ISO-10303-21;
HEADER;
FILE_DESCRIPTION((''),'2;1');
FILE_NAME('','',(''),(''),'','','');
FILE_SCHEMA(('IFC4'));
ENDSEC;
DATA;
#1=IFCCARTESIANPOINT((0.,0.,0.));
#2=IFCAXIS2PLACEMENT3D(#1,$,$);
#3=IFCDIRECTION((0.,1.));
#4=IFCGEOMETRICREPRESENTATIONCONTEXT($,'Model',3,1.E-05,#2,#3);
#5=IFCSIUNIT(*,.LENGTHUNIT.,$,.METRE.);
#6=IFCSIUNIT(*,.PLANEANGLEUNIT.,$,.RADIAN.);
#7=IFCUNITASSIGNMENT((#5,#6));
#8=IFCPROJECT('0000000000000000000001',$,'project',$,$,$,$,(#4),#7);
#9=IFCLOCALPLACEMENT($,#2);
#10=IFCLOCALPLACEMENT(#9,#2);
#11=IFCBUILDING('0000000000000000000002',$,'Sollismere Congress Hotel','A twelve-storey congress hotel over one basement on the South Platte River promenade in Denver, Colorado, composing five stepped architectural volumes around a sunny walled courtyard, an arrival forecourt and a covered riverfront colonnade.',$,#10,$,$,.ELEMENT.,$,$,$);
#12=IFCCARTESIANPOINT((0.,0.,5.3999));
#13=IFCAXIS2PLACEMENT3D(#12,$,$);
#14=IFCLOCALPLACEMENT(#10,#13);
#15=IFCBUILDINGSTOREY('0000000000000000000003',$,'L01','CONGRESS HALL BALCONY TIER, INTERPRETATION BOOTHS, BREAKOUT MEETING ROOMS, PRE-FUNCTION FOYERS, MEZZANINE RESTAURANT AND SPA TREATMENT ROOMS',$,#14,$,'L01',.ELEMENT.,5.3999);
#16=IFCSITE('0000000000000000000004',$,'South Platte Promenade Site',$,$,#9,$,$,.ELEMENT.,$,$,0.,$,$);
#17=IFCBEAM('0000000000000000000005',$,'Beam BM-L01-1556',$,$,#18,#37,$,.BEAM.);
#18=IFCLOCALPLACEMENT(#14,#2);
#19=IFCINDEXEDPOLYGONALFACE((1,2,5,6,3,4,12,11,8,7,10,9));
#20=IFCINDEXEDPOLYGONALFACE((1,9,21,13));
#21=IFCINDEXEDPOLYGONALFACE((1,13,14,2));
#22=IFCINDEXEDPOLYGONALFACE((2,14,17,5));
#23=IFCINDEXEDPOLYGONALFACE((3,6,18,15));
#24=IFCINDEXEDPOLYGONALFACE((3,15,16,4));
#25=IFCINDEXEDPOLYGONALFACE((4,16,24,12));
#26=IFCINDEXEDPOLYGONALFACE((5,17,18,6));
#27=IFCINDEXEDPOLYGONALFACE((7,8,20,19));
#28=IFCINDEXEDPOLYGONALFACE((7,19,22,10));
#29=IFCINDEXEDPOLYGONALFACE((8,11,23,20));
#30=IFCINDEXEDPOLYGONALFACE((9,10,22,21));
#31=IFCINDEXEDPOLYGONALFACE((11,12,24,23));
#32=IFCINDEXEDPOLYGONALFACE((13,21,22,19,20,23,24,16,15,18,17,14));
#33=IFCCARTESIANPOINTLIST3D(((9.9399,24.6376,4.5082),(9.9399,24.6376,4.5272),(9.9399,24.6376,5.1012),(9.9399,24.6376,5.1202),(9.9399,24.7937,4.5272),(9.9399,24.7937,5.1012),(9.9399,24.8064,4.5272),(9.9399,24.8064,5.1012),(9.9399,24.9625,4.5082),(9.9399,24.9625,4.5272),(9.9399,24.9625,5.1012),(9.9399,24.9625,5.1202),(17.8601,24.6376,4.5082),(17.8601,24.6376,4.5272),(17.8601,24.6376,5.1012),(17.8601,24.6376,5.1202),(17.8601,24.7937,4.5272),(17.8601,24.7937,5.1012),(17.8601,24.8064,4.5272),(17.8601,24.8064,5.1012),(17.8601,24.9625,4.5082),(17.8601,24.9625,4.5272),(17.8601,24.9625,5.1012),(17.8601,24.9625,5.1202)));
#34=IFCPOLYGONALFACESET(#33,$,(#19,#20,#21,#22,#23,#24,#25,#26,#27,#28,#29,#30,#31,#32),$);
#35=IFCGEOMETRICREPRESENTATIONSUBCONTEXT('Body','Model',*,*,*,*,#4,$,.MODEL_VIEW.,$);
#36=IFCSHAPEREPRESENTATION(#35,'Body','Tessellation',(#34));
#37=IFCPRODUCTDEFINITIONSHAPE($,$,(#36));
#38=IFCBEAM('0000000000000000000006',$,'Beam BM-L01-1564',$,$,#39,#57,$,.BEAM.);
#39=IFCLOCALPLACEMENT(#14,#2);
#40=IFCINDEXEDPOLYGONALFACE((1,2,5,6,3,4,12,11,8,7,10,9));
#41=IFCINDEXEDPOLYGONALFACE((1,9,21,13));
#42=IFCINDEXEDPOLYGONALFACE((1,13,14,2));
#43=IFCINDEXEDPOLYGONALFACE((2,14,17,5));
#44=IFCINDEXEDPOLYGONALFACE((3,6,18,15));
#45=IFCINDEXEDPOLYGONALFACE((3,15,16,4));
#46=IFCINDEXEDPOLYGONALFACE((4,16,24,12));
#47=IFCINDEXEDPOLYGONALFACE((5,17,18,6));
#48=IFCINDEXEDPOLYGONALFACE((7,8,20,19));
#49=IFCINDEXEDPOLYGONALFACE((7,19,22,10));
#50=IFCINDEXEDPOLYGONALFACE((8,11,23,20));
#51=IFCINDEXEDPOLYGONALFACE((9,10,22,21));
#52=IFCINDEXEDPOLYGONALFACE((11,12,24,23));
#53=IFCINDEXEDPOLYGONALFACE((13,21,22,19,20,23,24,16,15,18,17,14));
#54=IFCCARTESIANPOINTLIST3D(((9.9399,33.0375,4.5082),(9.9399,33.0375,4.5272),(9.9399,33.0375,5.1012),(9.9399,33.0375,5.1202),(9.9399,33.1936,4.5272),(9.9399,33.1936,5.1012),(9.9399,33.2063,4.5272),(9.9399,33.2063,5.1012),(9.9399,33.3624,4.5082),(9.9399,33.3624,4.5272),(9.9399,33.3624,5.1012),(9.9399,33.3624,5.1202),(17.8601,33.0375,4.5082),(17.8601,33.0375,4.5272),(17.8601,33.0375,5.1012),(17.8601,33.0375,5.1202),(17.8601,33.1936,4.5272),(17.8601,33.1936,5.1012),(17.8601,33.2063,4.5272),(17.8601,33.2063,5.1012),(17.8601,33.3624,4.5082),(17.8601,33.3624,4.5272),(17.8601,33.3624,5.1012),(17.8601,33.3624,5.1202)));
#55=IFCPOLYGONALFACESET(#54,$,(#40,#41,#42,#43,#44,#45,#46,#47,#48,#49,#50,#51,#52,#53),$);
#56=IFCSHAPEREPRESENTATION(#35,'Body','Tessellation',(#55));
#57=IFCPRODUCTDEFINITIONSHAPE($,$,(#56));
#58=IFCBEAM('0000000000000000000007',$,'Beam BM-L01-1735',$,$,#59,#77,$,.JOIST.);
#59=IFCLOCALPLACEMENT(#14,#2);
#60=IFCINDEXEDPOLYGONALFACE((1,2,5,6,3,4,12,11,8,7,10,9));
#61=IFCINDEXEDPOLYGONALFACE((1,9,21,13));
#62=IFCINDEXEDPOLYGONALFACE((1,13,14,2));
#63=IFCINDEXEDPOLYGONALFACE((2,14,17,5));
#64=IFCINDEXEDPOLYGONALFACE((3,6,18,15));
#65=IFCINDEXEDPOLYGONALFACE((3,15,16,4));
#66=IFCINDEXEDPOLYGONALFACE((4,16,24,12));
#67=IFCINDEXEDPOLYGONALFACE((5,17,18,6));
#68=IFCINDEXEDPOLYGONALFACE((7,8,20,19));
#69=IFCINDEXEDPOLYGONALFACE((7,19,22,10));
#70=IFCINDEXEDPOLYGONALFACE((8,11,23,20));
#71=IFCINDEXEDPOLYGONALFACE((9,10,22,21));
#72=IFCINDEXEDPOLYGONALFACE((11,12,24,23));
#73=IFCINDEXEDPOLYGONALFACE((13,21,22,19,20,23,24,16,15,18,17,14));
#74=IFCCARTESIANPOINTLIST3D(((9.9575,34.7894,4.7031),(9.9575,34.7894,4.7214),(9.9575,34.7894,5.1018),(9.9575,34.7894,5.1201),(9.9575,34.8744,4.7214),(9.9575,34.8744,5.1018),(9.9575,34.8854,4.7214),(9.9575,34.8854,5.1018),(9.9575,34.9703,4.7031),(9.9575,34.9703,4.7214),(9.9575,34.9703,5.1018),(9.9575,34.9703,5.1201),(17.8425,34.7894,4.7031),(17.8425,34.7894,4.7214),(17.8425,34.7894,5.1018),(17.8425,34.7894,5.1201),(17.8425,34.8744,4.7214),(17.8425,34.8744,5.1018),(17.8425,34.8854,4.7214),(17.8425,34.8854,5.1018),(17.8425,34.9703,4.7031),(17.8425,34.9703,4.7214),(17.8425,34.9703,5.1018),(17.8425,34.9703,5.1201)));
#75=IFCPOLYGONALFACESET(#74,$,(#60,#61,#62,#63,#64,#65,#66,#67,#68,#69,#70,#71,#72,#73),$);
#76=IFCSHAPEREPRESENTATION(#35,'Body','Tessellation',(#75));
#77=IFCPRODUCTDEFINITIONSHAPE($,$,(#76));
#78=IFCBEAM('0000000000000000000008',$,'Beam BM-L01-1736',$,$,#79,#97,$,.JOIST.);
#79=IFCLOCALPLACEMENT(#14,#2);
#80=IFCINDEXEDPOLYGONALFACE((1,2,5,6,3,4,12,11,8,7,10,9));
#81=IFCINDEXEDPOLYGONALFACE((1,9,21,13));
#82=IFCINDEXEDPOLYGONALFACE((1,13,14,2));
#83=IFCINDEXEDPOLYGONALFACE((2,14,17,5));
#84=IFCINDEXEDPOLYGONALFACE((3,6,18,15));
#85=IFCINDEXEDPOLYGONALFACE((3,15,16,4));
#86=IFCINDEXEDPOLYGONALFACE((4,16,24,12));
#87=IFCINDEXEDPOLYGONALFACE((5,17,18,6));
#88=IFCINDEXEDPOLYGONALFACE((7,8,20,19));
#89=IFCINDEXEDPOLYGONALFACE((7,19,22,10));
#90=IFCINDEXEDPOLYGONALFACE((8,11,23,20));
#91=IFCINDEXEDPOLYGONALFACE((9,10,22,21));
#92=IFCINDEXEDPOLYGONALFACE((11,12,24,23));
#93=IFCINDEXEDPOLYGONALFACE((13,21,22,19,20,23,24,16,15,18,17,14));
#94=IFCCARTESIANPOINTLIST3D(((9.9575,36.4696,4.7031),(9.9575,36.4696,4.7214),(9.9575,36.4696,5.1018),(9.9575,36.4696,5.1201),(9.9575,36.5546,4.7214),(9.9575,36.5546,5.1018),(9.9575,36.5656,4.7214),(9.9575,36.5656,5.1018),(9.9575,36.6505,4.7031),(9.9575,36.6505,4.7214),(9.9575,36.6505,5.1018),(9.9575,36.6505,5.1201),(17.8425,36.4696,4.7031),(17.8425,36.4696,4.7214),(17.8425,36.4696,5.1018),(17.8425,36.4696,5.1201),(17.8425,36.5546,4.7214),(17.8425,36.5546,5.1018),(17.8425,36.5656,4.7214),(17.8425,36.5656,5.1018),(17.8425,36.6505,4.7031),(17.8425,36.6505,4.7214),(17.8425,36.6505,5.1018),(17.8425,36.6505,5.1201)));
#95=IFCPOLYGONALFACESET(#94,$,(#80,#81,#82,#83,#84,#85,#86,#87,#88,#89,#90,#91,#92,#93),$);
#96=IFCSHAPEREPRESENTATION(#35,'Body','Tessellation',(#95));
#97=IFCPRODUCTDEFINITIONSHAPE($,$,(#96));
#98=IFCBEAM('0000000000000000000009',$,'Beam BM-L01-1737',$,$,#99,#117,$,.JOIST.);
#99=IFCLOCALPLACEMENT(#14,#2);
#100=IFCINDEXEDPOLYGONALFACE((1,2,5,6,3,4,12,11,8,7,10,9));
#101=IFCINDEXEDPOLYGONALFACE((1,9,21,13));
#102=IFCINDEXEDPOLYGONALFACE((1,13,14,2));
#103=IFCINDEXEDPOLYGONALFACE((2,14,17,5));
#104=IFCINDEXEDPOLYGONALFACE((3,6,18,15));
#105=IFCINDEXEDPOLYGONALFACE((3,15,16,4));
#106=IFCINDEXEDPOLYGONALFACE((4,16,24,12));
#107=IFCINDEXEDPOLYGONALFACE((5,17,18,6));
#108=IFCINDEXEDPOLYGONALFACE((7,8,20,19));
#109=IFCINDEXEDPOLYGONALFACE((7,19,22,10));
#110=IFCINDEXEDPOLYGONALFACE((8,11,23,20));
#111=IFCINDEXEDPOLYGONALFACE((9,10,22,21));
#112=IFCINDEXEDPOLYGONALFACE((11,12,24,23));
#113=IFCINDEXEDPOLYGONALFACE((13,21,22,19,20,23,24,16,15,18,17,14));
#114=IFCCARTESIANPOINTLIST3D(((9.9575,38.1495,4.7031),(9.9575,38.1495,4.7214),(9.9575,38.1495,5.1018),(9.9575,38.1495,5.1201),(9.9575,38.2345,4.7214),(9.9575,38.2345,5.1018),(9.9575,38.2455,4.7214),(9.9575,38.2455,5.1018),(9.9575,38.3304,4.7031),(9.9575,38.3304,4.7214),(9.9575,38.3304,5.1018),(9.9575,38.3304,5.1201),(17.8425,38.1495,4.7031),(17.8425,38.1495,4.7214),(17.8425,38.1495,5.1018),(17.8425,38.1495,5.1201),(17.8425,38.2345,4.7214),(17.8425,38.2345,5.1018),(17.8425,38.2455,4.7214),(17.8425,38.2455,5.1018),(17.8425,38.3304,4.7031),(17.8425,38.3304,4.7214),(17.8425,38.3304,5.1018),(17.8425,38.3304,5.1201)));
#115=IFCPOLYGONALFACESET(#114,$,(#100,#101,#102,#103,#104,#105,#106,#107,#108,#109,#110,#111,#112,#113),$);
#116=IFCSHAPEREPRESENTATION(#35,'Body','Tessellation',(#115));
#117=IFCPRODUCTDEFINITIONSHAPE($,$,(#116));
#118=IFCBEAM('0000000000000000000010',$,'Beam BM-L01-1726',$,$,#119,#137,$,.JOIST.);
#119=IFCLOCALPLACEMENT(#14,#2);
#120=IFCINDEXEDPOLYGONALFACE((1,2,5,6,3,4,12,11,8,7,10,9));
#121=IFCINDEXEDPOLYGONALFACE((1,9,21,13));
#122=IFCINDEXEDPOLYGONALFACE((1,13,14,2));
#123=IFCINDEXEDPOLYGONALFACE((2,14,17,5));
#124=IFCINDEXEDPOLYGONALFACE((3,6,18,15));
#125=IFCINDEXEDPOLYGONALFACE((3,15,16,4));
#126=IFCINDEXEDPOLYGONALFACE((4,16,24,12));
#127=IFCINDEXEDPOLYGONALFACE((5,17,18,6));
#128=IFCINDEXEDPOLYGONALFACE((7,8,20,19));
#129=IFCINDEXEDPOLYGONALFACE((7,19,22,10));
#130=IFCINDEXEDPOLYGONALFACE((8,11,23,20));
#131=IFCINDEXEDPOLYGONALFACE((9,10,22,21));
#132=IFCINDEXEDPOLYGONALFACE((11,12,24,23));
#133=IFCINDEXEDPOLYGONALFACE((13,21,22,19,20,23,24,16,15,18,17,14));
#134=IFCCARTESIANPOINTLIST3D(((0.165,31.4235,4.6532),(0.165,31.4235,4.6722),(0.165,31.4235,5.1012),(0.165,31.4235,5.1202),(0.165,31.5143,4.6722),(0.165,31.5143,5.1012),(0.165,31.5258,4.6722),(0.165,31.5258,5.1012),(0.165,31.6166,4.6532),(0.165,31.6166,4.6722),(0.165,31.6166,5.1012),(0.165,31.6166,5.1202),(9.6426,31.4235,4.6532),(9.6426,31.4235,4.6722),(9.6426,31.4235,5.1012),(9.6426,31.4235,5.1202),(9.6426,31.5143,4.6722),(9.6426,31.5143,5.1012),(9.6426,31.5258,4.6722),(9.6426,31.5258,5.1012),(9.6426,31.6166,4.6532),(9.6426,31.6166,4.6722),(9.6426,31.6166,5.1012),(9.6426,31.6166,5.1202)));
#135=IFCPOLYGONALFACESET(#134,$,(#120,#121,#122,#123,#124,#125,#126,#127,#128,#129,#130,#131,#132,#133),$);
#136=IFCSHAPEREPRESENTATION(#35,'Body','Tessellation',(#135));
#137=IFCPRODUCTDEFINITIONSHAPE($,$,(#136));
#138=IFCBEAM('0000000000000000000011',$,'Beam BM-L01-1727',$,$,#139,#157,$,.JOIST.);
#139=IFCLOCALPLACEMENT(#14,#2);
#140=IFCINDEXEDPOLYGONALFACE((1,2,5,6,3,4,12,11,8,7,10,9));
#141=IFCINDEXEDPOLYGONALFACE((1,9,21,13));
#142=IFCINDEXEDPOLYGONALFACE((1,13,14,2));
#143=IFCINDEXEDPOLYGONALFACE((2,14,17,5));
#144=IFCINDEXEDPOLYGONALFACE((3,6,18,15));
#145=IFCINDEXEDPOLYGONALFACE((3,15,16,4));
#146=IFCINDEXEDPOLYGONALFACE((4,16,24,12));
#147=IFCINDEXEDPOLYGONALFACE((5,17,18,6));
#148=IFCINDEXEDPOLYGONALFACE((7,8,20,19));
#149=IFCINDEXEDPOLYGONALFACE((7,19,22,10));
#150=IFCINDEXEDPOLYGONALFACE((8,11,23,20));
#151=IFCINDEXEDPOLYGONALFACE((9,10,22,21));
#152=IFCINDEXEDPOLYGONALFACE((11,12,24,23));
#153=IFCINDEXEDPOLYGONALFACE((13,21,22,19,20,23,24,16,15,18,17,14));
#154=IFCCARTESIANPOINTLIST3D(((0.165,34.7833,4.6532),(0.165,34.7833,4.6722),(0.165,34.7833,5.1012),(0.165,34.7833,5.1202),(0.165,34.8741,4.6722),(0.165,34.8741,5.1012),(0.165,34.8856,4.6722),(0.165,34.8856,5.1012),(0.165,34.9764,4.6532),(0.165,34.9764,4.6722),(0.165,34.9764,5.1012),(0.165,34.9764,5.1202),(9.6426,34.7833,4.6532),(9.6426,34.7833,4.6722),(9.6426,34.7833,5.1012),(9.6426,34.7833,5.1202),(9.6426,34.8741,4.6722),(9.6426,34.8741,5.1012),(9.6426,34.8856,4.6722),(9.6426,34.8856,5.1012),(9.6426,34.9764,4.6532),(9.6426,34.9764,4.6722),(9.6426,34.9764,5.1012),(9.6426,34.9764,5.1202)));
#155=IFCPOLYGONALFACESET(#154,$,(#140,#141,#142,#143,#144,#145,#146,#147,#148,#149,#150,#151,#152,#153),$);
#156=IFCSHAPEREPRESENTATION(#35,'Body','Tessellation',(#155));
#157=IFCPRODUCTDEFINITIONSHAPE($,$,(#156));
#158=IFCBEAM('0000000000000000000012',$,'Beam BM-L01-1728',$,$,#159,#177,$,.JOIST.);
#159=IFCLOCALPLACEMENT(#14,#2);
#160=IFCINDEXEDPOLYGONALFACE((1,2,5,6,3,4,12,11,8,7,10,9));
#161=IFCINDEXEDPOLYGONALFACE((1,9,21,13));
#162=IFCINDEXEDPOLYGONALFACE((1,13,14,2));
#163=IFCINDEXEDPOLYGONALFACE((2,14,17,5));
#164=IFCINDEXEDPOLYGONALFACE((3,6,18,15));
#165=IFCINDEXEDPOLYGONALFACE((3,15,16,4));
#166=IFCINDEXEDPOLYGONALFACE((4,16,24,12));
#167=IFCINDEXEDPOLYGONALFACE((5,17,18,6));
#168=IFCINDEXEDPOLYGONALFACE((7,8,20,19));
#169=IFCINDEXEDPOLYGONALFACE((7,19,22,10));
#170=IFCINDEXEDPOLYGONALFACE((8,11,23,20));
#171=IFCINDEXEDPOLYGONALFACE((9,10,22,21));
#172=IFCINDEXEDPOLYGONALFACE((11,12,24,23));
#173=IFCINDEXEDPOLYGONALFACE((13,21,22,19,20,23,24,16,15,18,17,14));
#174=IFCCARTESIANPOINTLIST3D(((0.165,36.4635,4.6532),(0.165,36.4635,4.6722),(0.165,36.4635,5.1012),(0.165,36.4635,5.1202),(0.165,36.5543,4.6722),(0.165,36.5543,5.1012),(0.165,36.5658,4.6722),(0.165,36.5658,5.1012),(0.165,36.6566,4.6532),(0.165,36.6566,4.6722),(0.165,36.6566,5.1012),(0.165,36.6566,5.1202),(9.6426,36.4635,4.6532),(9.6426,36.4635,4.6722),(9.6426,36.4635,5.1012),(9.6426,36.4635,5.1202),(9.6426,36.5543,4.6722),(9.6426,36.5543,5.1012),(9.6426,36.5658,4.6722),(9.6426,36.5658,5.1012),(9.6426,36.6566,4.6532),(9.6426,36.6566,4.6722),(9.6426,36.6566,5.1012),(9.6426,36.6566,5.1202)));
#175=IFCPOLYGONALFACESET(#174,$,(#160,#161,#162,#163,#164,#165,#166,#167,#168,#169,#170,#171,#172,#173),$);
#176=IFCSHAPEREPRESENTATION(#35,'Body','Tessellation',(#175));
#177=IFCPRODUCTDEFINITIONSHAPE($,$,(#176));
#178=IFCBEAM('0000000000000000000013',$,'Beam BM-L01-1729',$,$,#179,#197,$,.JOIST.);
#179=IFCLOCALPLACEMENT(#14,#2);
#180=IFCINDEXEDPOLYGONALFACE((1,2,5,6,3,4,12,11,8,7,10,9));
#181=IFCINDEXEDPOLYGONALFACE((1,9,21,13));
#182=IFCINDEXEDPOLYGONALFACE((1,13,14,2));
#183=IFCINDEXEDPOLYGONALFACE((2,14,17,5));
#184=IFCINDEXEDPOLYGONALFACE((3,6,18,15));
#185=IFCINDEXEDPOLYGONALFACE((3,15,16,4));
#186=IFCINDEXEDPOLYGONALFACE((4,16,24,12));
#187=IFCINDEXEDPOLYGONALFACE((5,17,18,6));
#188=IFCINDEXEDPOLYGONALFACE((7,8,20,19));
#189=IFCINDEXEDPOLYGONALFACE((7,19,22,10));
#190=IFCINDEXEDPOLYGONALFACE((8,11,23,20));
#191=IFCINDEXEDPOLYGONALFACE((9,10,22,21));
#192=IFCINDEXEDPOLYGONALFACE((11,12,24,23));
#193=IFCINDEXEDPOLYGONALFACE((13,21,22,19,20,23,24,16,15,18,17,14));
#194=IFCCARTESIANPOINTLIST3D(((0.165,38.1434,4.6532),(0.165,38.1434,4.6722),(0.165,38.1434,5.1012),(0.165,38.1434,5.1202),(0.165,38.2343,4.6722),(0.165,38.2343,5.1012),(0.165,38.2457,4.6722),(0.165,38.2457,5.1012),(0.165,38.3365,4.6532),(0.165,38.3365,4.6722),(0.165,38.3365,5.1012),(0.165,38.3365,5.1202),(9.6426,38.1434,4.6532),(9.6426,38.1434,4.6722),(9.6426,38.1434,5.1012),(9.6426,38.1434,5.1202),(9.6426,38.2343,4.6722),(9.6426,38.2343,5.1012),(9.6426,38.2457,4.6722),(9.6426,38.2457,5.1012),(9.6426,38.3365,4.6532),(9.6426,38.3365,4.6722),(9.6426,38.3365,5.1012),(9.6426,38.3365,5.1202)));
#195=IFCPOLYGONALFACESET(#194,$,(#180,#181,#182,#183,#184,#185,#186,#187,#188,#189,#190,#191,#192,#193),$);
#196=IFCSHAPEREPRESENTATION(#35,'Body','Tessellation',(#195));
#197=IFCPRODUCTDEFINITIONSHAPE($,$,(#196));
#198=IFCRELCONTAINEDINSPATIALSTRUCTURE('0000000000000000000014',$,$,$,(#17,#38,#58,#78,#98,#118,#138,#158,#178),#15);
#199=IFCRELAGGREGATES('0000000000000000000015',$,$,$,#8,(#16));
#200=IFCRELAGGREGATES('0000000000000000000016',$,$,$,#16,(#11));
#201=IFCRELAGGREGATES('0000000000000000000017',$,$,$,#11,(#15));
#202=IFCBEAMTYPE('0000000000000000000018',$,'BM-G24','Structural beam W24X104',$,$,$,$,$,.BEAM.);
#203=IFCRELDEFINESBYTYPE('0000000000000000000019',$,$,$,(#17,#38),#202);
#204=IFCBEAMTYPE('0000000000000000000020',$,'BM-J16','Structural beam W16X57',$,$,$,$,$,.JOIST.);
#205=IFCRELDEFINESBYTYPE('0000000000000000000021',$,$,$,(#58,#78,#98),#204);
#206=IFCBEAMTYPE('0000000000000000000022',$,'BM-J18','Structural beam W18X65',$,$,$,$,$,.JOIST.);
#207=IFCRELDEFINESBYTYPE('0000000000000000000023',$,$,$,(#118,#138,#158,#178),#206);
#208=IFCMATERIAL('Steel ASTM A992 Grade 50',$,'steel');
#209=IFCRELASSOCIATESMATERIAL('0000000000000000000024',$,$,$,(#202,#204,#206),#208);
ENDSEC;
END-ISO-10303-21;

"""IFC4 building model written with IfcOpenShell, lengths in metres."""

from ifc_helpers import new_model, si_unit, direction, frame, origin, origin_2d, place, context, subcontext, project, spatial, i_section, extrude, material, material_profile, profile_set, type_object, element, save


model = new_model("IFC4")

# Units and contexts
model_context = context("Model", 3, precision=1e-05, world=origin(), true_north=direction((0.0, 1.0)))
body_context = subcontext(model_context, "Body", "Model", "MODEL_VIEW")
ifc_project = project(units=[si_unit("LENGTHUNIT", "METRE"), si_unit("PLANEANGLEUNIT", "RADIAN")], contexts=[model_context])

# Site, building, storey
site_placement = place(None, origin())
site = spatial("IfcSite", under=ifc_project, at=site_placement, Name="South Platte Promenade Site", CompositionType="ELEMENT", RefElevation=0.0)
building_placement = place(site_placement, origin())
building = spatial("IfcBuilding", under=site, at=building_placement, Name="Sollismere Congress Hotel", Description="A twelve-storey congress hotel over one basement on the South Platte River promenade in Denver, Colorado, composing five stepped architectural volumes around a sunny walled courtyard, an arrival forecourt and a covered riverfront colonnade.", CompositionType="ELEMENT")
storey_placement = place(building_placement, frame((0.0, 0.0, 5.3999)))
storey = spatial("IfcBuildingStorey", under=building, at=storey_placement, Name="L01", Description="CONGRESS HALL BALCONY TIER, INTERPRETATION BOOTHS, BREAKOUT MEETING ROOMS, PRE-FUNCTION FOYERS, MEZZANINE RESTAURANT AND SPA TREATMENT ROOMS", LongName="L01", CompositionType="ELEMENT", Elevation=5.3999)

# Shared definitions
ifc_material_1 = material(Name="Steel ASTM A992 Grade 50", Category="steel")

# Beams
ifc_material_profile_1 = material_profile(ifc_material_1, i_section(OverallWidth=0.325, OverallDepth=0.6121, WebThickness=0.0127, FlangeThickness=0.019, at=origin_2d()), Name="W24X104")
ifc_profile_set_1 = profile_set([ifc_material_profile_1], Name="Steel ASTM A992 Grade 50")
beam_type_1 = type_object("IfcBeamType", Name="BM-G24", Description="Structural beam W24X104", PredefinedType="BEAM", material=ifc_profile_set_1)
for number, where, z_axis, x_axis, name in (
    (1, (9.9399, 24.8, 4.8142), (1.0, 0.0, 0.0), (0.0, 1.0, 0.0), "Beam BM-L01-1556"),
    (2, (9.9399, 33.2, 4.8142), (1.0, 0.0, 0.0), (0.0, 1.0, 0.0), "Beam BM-L01-1564"),
):
    element("IfcBeam", number, at=place(storey_placement, frame(where, z_axis=z_axis, x_axis=x_axis)), inside=storey, type_object=beam_type_1, Name=name, PredefinedType="BEAM", context=body_context, shape_type="SweptSolid", body=[
        extrude(i_section(OverallWidth=0.325, OverallDepth=0.6121, WebThickness=0.0127, FlangeThickness=0.019, at=origin_2d()), origin(), (0.0, 0.0, 1.0), 7.9202),
    ])
ifc_material_profile_2 = material_profile(ifc_material_1, i_section(OverallWidth=0.1809, OverallDepth=0.417, WebThickness=0.011, FlangeThickness=0.0183, at=origin_2d()), Name="W16X57")
ifc_profile_set_2 = profile_set([ifc_material_profile_2], Name="Steel ASTM A992 Grade 50")
beam_type_2 = type_object("IfcBeamType", Name="BM-J16", Description="Structural beam W16X57", PredefinedType="JOIST", material=ifc_profile_set_2)
for number, where, z_axis, x_axis, name in (
    (3, (9.9575, 34.8799, 4.9116), (1.0, 0.0, 0.0), (0.0, 1.0, 0.0), "Beam BM-L01-1735"),
    (4, (9.9575, 36.5601, 4.9116), (1.0, 0.0, 0.0), (0.0, 1.0, 0.0), "Beam BM-L01-1736"),
    (5, (9.9575, 38.24, 4.9116), (1.0, 0.0, 0.0), (0.0, 1.0, 0.0), "Beam BM-L01-1737"),
):
    element("IfcBeam", number, at=place(storey_placement, frame(where, z_axis=z_axis, x_axis=x_axis)), inside=storey, type_object=beam_type_2, Name=name, PredefinedType="JOIST", context=body_context, shape_type="SweptSolid", body=[
        extrude(i_section(OverallWidth=0.1809, OverallDepth=0.417, WebThickness=0.011, FlangeThickness=0.0183, at=origin_2d()), origin(), (0.0, 0.0, 1.0), 7.885),
    ])
ifc_material_profile_3 = material_profile(ifc_material_1, i_section(OverallWidth=0.1931, OverallDepth=0.467, WebThickness=0.0115, FlangeThickness=0.019, at=origin_2d()), Name="W18X65")
ifc_profile_set_3 = profile_set([ifc_material_profile_3], Name="Steel ASTM A992 Grade 50")
beam_type_3 = type_object("IfcBeamType", Name="BM-J18", Description="Structural beam W18X65", PredefinedType="JOIST", material=ifc_profile_set_3)
for number, where, z_axis, x_axis, name in (
    (6, (0.165, 31.52, 4.8867), (1.0, 0.0, 0.0), (0.0, 1.0, 0.0), "Beam BM-L01-1726"),
    (7, (0.165, 34.8799, 4.8867), (1.0, 0.0, 0.0), (0.0, 1.0, 0.0), "Beam BM-L01-1727"),
    (8, (0.165, 36.5601, 4.8867), (1.0, 0.0, 0.0), (0.0, 1.0, 0.0), "Beam BM-L01-1728"),
    (9, (0.165, 38.24, 4.8867), (1.0, 0.0, 0.0), (0.0, 1.0, 0.0), "Beam BM-L01-1729"),
):
    element("IfcBeam", number, at=place(storey_placement, frame(where, z_axis=z_axis, x_axis=x_axis)), inside=storey, type_object=beam_type_3, Name=name, PredefinedType="JOIST", context=body_context, shape_type="SweptSolid", body=[
        extrude(i_section(OverallWidth=0.1931, OverallDepth=0.467, WebThickness=0.0115, FlangeThickness=0.019, at=origin_2d()), origin(), (0.0, 0.0, 1.0), 9.4775),
    ])

save(model, "model.ifc")
